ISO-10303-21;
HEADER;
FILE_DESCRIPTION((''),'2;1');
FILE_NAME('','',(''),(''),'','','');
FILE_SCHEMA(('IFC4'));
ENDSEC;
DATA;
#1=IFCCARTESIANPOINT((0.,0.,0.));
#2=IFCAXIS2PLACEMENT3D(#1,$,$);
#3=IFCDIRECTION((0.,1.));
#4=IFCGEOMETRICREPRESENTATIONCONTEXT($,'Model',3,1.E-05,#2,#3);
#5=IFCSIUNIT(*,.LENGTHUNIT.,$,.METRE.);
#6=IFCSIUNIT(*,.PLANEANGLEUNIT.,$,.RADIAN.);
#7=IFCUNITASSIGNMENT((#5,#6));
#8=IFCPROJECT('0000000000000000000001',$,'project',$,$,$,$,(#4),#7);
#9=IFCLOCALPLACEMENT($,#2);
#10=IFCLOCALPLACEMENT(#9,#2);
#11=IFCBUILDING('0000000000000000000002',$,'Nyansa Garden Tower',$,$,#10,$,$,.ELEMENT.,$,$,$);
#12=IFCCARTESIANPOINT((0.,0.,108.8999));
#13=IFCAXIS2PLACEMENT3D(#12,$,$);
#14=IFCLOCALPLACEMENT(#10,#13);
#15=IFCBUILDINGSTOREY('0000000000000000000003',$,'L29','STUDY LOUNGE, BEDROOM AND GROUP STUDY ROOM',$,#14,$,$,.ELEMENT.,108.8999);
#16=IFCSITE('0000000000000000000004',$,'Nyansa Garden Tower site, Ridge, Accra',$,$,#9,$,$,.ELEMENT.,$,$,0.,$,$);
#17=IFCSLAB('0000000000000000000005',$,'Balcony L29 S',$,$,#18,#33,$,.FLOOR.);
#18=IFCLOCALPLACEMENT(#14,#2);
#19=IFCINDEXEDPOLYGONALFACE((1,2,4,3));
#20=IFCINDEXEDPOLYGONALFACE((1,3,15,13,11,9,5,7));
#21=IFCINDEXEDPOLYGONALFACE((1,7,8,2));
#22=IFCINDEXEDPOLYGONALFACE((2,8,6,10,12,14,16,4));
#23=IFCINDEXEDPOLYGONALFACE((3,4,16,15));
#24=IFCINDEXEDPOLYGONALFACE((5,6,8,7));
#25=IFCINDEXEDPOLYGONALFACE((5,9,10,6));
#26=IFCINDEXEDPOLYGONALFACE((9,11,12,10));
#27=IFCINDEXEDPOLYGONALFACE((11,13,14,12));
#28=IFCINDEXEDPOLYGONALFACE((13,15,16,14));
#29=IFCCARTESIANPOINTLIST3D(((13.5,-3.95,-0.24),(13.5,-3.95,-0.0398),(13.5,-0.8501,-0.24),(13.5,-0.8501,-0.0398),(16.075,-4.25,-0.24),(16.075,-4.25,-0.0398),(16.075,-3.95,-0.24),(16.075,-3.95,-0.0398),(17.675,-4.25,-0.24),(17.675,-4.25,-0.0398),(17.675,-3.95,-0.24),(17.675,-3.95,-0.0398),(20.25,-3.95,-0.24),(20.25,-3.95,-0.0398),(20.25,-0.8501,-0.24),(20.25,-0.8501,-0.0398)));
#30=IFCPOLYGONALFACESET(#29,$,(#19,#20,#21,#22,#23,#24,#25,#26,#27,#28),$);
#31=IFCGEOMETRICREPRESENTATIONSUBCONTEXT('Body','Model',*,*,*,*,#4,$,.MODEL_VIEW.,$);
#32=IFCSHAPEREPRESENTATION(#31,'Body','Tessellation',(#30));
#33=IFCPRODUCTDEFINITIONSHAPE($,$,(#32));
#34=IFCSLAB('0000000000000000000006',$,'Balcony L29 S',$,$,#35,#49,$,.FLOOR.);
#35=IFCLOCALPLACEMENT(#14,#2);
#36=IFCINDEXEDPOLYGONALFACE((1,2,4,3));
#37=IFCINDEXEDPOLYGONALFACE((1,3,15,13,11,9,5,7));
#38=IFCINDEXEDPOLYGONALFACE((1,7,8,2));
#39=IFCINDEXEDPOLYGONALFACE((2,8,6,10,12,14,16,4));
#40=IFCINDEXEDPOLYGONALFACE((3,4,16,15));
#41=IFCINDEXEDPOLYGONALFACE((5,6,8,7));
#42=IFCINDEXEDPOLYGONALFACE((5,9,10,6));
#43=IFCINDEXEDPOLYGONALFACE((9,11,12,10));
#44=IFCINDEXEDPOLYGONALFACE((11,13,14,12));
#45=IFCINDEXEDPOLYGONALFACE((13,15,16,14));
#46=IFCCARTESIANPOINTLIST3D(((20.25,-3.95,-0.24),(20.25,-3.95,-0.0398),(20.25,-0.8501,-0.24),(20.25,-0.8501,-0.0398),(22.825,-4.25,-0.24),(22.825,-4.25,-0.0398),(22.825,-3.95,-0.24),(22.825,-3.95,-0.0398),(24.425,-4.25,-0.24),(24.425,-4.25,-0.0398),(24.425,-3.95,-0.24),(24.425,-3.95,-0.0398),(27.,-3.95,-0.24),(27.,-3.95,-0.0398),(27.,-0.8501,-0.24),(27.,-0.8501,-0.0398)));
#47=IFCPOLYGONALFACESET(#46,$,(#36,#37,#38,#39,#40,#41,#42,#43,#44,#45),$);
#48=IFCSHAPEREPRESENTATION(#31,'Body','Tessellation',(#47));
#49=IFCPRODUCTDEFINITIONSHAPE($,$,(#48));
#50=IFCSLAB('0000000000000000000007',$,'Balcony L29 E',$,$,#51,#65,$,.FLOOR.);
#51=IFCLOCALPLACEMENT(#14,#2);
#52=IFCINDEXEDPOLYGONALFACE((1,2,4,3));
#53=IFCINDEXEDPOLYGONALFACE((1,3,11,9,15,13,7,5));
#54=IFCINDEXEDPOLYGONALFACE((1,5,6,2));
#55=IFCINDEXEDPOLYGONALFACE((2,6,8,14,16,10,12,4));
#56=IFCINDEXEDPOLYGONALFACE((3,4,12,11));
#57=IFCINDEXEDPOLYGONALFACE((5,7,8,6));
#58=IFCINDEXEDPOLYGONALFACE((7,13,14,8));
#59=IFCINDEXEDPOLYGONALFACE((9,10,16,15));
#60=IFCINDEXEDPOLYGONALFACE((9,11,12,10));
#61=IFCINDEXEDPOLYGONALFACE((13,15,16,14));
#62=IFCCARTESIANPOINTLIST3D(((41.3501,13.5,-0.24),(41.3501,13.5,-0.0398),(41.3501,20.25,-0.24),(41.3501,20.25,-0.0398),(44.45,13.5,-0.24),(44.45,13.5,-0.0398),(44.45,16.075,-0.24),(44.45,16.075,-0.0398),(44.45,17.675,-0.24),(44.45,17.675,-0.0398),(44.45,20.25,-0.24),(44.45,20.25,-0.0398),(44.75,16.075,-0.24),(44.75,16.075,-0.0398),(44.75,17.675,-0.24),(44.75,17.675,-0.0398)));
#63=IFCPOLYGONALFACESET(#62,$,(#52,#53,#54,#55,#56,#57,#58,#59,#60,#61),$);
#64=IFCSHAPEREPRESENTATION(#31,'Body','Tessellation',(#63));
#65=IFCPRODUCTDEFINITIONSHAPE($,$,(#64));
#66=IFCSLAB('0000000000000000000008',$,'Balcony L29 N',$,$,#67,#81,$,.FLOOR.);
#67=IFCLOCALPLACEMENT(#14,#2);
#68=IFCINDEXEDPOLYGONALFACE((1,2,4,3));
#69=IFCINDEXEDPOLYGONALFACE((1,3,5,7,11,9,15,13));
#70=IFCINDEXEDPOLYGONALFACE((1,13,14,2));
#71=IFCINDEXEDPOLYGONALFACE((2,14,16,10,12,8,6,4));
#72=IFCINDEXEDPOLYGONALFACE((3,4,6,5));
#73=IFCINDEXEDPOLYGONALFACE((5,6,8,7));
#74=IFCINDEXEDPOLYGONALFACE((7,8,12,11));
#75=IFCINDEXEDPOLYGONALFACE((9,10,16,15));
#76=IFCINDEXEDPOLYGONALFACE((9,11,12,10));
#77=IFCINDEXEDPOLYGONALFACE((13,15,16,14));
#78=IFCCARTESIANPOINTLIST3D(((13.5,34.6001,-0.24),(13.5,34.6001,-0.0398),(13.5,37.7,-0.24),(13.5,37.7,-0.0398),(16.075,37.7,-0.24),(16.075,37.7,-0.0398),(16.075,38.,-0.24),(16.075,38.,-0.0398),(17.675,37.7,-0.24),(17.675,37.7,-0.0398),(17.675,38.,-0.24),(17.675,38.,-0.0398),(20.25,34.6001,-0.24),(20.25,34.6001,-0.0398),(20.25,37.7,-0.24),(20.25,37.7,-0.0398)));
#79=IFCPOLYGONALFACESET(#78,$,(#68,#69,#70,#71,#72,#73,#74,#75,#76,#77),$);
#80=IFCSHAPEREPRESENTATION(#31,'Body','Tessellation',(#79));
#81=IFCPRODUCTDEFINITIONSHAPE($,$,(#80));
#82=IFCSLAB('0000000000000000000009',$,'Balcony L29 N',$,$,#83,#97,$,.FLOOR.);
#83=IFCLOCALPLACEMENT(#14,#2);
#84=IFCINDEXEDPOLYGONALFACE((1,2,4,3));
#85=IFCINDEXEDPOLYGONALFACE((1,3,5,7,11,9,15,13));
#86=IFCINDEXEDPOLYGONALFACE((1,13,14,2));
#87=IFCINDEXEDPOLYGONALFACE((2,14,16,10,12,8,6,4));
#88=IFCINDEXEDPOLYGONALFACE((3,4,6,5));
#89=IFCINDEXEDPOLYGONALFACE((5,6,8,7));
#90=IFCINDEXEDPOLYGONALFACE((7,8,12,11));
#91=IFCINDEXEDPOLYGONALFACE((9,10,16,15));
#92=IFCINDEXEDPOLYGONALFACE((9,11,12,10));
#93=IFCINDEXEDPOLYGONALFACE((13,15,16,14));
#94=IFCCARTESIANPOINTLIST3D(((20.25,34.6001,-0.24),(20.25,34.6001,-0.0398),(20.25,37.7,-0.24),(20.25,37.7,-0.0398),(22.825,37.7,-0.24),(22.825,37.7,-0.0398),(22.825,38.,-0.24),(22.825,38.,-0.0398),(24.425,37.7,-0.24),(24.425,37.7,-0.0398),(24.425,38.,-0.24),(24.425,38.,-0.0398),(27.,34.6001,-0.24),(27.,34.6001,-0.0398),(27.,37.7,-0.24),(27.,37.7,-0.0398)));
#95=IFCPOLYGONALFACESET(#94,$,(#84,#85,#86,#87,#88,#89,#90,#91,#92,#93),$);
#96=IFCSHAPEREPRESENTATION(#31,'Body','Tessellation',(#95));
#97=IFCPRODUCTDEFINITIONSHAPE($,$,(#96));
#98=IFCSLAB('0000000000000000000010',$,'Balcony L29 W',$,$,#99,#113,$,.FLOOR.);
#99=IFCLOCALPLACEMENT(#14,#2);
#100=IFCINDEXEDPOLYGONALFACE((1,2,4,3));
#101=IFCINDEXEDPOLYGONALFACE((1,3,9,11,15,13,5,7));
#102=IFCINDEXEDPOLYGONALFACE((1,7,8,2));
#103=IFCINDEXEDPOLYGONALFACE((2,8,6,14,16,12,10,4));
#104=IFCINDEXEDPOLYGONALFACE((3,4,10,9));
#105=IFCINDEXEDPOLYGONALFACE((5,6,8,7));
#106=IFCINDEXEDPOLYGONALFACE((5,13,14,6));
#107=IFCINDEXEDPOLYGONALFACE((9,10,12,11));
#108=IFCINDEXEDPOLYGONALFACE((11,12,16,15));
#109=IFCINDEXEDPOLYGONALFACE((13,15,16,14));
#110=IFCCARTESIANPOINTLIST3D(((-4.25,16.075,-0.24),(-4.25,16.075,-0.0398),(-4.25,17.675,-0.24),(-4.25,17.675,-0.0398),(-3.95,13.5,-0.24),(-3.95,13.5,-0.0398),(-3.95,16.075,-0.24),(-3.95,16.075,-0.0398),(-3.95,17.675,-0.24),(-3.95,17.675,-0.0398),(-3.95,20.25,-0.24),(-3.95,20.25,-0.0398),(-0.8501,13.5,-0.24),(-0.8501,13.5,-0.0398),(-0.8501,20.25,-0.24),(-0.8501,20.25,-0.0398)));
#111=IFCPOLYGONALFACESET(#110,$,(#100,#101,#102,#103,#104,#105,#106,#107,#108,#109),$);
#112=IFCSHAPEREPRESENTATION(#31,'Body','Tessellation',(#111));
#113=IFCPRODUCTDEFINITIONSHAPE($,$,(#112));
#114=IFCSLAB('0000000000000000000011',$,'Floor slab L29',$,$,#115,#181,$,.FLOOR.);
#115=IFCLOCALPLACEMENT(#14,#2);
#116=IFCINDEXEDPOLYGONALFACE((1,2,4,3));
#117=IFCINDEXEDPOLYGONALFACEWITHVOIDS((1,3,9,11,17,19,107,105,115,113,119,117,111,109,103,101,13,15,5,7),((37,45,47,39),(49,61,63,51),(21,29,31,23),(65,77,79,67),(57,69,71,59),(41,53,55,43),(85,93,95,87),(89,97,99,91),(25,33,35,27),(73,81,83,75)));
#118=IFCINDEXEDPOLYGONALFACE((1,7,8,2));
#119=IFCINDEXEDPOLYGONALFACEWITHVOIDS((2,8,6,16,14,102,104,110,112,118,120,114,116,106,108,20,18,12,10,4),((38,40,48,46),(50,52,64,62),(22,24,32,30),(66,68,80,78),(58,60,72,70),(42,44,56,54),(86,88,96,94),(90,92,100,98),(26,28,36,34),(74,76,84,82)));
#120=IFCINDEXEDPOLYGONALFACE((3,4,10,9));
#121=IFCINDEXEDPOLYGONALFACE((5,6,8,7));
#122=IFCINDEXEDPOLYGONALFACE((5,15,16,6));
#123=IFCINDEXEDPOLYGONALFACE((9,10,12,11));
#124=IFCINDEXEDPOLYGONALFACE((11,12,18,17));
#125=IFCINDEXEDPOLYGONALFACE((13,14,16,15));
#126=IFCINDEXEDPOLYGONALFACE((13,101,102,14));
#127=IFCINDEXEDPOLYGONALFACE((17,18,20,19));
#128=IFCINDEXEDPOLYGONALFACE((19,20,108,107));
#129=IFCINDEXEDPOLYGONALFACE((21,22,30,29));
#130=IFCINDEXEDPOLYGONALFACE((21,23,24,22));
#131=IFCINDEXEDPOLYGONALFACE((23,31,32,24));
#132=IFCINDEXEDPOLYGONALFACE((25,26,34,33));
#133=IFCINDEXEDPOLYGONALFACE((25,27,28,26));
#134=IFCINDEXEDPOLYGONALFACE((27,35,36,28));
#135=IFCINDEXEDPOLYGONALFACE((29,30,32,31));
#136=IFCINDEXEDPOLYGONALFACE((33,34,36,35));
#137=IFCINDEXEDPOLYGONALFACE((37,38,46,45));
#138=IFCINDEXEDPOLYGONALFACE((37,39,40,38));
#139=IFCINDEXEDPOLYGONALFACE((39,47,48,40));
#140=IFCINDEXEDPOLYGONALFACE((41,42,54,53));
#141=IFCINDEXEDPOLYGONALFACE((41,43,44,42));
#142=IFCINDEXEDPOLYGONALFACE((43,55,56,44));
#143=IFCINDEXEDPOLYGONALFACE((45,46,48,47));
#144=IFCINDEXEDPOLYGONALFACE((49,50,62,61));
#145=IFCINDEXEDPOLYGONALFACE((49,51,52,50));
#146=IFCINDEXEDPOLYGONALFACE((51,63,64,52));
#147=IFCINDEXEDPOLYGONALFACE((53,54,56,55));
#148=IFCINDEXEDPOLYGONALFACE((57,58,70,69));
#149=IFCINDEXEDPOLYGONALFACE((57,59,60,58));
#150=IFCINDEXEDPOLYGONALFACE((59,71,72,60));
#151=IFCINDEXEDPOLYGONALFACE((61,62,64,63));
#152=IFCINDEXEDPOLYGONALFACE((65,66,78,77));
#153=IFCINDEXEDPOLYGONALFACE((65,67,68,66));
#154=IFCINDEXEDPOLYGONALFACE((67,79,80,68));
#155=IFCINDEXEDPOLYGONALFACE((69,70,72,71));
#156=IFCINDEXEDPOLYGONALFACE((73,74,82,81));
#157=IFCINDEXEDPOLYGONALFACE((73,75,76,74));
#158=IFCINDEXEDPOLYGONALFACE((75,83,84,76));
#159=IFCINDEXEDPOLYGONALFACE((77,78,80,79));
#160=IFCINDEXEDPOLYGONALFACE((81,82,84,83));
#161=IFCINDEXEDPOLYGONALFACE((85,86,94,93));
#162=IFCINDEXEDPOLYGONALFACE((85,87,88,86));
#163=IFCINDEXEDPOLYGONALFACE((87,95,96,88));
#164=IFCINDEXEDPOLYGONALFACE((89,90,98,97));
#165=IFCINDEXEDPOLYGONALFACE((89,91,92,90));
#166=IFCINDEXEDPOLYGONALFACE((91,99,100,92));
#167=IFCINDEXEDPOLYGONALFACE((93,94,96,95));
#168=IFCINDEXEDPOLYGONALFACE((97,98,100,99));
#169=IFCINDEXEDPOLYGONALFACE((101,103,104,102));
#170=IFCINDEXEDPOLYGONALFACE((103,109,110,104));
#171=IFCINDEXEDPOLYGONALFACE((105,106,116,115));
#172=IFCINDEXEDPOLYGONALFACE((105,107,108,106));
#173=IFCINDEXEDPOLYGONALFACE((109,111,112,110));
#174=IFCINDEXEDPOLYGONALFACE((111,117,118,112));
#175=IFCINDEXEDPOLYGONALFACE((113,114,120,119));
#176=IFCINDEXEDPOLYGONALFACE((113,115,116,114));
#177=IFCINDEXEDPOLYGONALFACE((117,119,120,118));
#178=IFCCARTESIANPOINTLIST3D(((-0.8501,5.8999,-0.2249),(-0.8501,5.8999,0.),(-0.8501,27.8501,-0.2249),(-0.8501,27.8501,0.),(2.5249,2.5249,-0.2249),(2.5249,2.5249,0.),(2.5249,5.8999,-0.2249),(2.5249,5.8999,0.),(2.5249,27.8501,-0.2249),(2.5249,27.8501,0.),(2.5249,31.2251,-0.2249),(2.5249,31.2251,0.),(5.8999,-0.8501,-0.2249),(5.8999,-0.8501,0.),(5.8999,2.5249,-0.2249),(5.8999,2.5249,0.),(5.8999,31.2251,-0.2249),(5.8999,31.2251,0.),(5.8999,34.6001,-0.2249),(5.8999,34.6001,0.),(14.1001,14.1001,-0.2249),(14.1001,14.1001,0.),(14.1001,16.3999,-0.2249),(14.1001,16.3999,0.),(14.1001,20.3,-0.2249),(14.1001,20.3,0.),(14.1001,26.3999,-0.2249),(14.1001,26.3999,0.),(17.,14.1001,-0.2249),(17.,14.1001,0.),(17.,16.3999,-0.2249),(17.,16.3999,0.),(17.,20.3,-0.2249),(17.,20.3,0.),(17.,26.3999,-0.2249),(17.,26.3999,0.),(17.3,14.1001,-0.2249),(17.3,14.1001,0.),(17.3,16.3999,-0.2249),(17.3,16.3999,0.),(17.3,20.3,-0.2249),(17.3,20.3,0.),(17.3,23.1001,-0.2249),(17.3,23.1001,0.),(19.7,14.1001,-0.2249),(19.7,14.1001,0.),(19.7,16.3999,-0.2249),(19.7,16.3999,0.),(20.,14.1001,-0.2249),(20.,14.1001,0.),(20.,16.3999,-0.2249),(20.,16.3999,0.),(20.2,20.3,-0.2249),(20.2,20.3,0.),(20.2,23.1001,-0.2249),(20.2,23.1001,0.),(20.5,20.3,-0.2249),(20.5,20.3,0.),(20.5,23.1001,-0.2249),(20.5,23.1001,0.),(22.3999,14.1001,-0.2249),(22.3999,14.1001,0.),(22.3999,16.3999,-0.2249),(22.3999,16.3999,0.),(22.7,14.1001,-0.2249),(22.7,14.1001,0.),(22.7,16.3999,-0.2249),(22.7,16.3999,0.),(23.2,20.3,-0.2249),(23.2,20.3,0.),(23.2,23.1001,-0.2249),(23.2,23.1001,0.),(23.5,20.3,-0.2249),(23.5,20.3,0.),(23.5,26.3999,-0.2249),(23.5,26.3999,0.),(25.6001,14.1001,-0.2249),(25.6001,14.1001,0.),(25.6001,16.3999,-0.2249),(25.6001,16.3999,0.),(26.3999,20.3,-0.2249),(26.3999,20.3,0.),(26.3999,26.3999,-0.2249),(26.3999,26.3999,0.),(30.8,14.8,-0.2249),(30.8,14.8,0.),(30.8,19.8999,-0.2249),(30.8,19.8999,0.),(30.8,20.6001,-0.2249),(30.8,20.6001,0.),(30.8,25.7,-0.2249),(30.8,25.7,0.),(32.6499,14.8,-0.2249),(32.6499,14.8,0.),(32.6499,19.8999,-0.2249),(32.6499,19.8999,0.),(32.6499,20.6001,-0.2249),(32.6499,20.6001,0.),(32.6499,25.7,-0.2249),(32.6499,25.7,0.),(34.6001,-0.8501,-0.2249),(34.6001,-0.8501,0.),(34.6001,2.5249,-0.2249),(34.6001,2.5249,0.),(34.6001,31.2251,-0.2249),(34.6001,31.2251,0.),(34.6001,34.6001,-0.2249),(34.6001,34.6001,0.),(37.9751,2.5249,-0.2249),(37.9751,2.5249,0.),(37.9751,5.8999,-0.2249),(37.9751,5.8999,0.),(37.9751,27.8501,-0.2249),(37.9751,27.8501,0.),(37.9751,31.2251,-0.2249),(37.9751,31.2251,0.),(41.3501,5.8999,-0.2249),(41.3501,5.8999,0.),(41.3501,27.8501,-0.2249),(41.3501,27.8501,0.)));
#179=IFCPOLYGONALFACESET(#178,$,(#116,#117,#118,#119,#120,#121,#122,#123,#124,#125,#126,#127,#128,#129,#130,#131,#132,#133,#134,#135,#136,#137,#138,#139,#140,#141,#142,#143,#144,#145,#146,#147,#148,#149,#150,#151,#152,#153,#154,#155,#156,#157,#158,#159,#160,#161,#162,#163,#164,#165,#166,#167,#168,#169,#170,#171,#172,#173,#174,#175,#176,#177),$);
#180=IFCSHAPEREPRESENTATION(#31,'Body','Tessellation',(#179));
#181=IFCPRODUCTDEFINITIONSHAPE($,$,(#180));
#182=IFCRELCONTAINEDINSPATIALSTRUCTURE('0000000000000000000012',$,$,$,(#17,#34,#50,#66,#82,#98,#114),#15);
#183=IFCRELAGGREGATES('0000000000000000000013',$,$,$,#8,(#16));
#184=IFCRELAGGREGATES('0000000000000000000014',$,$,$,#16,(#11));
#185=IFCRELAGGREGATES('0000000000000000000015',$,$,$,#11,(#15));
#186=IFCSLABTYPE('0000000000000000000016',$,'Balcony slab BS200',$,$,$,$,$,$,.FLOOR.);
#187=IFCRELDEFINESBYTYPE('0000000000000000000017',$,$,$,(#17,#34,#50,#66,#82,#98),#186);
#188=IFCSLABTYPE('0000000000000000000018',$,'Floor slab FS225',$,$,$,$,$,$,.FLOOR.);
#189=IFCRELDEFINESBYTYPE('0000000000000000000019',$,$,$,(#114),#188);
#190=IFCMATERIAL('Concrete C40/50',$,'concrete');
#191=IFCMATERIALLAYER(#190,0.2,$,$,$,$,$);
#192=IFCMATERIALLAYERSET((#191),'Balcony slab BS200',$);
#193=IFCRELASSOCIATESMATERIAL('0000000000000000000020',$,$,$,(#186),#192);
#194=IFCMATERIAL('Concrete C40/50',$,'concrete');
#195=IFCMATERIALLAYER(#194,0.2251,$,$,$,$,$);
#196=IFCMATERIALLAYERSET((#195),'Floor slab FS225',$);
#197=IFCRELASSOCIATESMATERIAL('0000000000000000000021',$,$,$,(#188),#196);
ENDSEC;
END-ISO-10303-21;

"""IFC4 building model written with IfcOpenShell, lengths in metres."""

from ifc_helpers import new_model, si_unit, direction, frame, origin, place, context, subcontext, project, spatial, polyline, outline, extrude, material, layer, layer_set, type_object, element, save


model = new_model("IFC4")

# Units and contexts
model_context = context("Model", 3, precision=1e-05, world=origin(), true_north=direction((0.0, 1.0)))
body_context = subcontext(model_context, "Body", "Model", "MODEL_VIEW")
ifc_project = project(units=[si_unit("LENGTHUNIT", "METRE"), si_unit("PLANEANGLEUNIT", "RADIAN")], contexts=[model_context])

# Site, building, storey
site_placement = place(None, origin())
site = spatial("IfcSite", under=ifc_project, at=site_placement, Name="Nyansa Garden Tower site, Ridge, Accra", CompositionType="ELEMENT", RefElevation=0.0)
building_placement = place(site_placement, origin())
building = spatial("IfcBuilding", under=site, at=building_placement, Name="Nyansa Garden Tower", CompositionType="ELEMENT")
storey_placement = place(building_placement, frame((0.0, 0.0, 108.8999)))
storey = spatial("IfcBuildingStorey", under=building, at=storey_placement, Name="L29", Description="STUDY LOUNGE, BEDROOM AND GROUP STUDY ROOM", CompositionType="ELEMENT", Elevation=108.8999)

# Slabs
ifc_material_1 = material(Name="Concrete C40/50", Category="concrete")
ifc_layer_1 = layer(ifc_material_1, 0.2)
ifc_layer_set_1 = layer_set([ifc_layer_1], Name="Balcony slab BS200")
slab_type_1 = type_object("IfcSlabType", Name="Balcony slab BS200", PredefinedType="FLOOR", material=ifc_layer_set_1)
slab_1_placement = place(storey_placement, frame((0.0, 0.0, -0.24)))
element("IfcSlab", 1, at=slab_1_placement, inside=storey, type_object=slab_type_1, Name="Balcony L29 S", PredefinedType="FLOOR", context=body_context, shape_type="SweptSolid", body=[
    extrude(outline(polyline([(13.5, -0.8501), (20.25, -0.8501), (20.25, -3.95), (17.675, -3.95), (17.675, -4.25), (16.075, -4.25), (16.075, -3.95), (13.5, -3.95), (13.5, -0.8501)])), origin(), (0.0, 0.0, 1.0), 0.2002),
])
slab_2_placement = place(storey_placement, frame((0.0, 0.0, -0.24)))
element("IfcSlab", 2, at=slab_2_placement, inside=storey, type_object=slab_type_1, Name="Balcony L29 S", PredefinedType="FLOOR", context=body_context, shape_type="SweptSolid", body=[
    extrude(outline(polyline([(20.25, -0.8501), (27.0, -0.8501), (27.0, -3.95), (24.425, -3.95), (24.425, -4.25), (22.825, -4.25), (22.825, -3.95), (20.25, -3.95), (20.25, -0.8501)])), origin(), (0.0, 0.0, 1.0), 0.2002),
])
slab_3_placement = place(storey_placement, frame((0.0, 0.0, -0.24)))
element("IfcSlab", 3, at=slab_3_placement, inside=storey, type_object=slab_type_1, Name="Balcony L29 E", PredefinedType="FLOOR", context=body_context, shape_type="SweptSolid", body=[
    extrude(outline(polyline([(41.3501, 13.5), (41.3501, 20.25), (44.45, 20.25), (44.45, 17.675), (44.75, 17.675), (44.75, 16.075), (44.45, 16.075), (44.45, 13.5), (41.3501, 13.5)])), origin(), (0.0, 0.0, 1.0), 0.2002),
])
slab_4_placement = place(storey_placement, frame((0.0, 0.0, -0.24)))
element("IfcSlab", 4, at=slab_4_placement, inside=storey, type_object=slab_type_1, Name="Balcony L29 N", PredefinedType="FLOOR", context=body_context, shape_type="SweptSolid", body=[
    extrude(outline(polyline([(13.5, 34.6001), (20.25, 34.6001), (20.25, 37.7), (17.675, 37.7), (17.675, 38.0), (16.075, 38.0), (16.075, 37.7), (13.5, 37.7), (13.5, 34.6001)])), origin(), (0.0, 0.0, 1.0), 0.2002),
])
slab_5_placement = place(storey_placement, frame((0.0, 0.0, -0.24)))
element("IfcSlab", 5, at=slab_5_placement, inside=storey, type_object=slab_type_1, Name="Balcony L29 N", PredefinedType="FLOOR", context=body_context, shape_type="SweptSolid", body=[
    extrude(outline(polyline([(20.25, 34.6001), (27.0, 34.6001), (27.0, 37.7), (24.425, 37.7), (24.425, 38.0), (22.825, 38.0), (22.825, 37.7), (20.25, 37.7), (20.25, 34.6001)])), origin(), (0.0, 0.0, 1.0), 0.2002),
])
slab_6_placement = place(storey_placement, frame((0.0, 0.0, -0.24)))
element("IfcSlab", 6, at=slab_6_placement, inside=storey, type_object=slab_type_1, Name="Balcony L29 W", PredefinedType="FLOOR", context=body_context, shape_type="SweptSolid", body=[
    extrude(outline(polyline([(-0.8501, 13.5), (-0.8501, 20.25), (-3.95, 20.25), (-3.95, 17.675), (-4.25, 17.675), (-4.25, 16.075), (-3.95, 16.075), (-3.95, 13.5), (-0.8501, 13.5)])), origin(), (0.0, 0.0, 1.0), 0.2002),
])
ifc_material_2 = material(Name="Concrete C40/50", Category="concrete")
ifc_layer_2 = layer(ifc_material_2, 0.2251)
ifc_layer_set_2 = layer_set([ifc_layer_2], Name="Floor slab FS225")
slab_type_2 = type_object("IfcSlabType", Name="Floor slab FS225", PredefinedType="FLOOR", material=ifc_layer_set_2)
slab_7_placement = place(storey_placement, frame((0.0, 0.0, -0.2249)))
element("IfcSlab", 7, at=slab_7_placement, inside=storey, type_object=slab_type_2, Name="Floor slab L29", PredefinedType="FLOOR", context=body_context, shape_type="SweptSolid", body=[
    extrude(outline(polyline([(41.3501, 5.8999), (37.9751, 5.8999), (37.9751, 2.5249), (34.6001, 2.5249), (34.6001, -0.8501), (5.8999, -0.8501), (5.8999, 2.5249), (2.5249, 2.5249), (2.5249, 5.8999), (-0.8501, 5.8999), (-0.8501, 27.8501), (2.5249, 27.8501), (2.5249, 31.2251), (5.8999, 31.2251), (5.8999, 34.6001), (34.6001, 34.6001), (34.6001, 31.2251), (37.9751, 31.2251), (37.9751, 27.8501), (41.3501, 27.8501), (41.3501, 5.8999)]), holes=[polyline([(14.1001, 14.1001), (17.0, 14.1001), (17.0, 16.3999), (14.1001, 16.3999), (14.1001, 14.1001)]), polyline([(17.3, 14.1001), (19.7, 14.1001), (19.7, 16.3999), (17.3, 16.3999), (17.3, 14.1001)]), polyline([(20.0, 14.1001), (22.3999, 14.1001), (22.3999, 16.3999), (20.0, 16.3999), (20.0, 14.1001)]), polyline([(22.7, 14.1001), (25.6001, 14.1001), (25.6001, 16.3999), (22.7, 16.3999), (22.7, 14.1001)]), polyline([(17.3, 20.3), (20.2, 20.3), (20.2, 23.1001), (17.3, 23.1001), (17.3, 20.3)]), polyline([(20.5, 20.3), (23.2, 20.3), (23.2, 23.1001), (20.5, 23.1001), (20.5, 20.3)]), polyline([(30.8, 14.8), (32.6499, 14.8), (32.6499, 19.8999), (30.8, 19.8999), (30.8, 14.8)]), polyline([(30.8, 20.6001), (32.6499, 20.6001), (32.6499, 25.7), (30.8, 25.7), (30.8, 20.6001)]), polyline([(14.1001, 20.3), (17.0, 20.3), (17.0, 26.3999), (14.1001, 26.3999), (14.1001, 20.3)]), polyline([(23.5, 20.3), (26.3999, 20.3), (26.3999, 26.3999), (23.5, 26.3999), (23.5, 20.3)])]), origin(), (0.0, 0.0, 1.0), 0.2249),
])

save(model, "model.ifc")
